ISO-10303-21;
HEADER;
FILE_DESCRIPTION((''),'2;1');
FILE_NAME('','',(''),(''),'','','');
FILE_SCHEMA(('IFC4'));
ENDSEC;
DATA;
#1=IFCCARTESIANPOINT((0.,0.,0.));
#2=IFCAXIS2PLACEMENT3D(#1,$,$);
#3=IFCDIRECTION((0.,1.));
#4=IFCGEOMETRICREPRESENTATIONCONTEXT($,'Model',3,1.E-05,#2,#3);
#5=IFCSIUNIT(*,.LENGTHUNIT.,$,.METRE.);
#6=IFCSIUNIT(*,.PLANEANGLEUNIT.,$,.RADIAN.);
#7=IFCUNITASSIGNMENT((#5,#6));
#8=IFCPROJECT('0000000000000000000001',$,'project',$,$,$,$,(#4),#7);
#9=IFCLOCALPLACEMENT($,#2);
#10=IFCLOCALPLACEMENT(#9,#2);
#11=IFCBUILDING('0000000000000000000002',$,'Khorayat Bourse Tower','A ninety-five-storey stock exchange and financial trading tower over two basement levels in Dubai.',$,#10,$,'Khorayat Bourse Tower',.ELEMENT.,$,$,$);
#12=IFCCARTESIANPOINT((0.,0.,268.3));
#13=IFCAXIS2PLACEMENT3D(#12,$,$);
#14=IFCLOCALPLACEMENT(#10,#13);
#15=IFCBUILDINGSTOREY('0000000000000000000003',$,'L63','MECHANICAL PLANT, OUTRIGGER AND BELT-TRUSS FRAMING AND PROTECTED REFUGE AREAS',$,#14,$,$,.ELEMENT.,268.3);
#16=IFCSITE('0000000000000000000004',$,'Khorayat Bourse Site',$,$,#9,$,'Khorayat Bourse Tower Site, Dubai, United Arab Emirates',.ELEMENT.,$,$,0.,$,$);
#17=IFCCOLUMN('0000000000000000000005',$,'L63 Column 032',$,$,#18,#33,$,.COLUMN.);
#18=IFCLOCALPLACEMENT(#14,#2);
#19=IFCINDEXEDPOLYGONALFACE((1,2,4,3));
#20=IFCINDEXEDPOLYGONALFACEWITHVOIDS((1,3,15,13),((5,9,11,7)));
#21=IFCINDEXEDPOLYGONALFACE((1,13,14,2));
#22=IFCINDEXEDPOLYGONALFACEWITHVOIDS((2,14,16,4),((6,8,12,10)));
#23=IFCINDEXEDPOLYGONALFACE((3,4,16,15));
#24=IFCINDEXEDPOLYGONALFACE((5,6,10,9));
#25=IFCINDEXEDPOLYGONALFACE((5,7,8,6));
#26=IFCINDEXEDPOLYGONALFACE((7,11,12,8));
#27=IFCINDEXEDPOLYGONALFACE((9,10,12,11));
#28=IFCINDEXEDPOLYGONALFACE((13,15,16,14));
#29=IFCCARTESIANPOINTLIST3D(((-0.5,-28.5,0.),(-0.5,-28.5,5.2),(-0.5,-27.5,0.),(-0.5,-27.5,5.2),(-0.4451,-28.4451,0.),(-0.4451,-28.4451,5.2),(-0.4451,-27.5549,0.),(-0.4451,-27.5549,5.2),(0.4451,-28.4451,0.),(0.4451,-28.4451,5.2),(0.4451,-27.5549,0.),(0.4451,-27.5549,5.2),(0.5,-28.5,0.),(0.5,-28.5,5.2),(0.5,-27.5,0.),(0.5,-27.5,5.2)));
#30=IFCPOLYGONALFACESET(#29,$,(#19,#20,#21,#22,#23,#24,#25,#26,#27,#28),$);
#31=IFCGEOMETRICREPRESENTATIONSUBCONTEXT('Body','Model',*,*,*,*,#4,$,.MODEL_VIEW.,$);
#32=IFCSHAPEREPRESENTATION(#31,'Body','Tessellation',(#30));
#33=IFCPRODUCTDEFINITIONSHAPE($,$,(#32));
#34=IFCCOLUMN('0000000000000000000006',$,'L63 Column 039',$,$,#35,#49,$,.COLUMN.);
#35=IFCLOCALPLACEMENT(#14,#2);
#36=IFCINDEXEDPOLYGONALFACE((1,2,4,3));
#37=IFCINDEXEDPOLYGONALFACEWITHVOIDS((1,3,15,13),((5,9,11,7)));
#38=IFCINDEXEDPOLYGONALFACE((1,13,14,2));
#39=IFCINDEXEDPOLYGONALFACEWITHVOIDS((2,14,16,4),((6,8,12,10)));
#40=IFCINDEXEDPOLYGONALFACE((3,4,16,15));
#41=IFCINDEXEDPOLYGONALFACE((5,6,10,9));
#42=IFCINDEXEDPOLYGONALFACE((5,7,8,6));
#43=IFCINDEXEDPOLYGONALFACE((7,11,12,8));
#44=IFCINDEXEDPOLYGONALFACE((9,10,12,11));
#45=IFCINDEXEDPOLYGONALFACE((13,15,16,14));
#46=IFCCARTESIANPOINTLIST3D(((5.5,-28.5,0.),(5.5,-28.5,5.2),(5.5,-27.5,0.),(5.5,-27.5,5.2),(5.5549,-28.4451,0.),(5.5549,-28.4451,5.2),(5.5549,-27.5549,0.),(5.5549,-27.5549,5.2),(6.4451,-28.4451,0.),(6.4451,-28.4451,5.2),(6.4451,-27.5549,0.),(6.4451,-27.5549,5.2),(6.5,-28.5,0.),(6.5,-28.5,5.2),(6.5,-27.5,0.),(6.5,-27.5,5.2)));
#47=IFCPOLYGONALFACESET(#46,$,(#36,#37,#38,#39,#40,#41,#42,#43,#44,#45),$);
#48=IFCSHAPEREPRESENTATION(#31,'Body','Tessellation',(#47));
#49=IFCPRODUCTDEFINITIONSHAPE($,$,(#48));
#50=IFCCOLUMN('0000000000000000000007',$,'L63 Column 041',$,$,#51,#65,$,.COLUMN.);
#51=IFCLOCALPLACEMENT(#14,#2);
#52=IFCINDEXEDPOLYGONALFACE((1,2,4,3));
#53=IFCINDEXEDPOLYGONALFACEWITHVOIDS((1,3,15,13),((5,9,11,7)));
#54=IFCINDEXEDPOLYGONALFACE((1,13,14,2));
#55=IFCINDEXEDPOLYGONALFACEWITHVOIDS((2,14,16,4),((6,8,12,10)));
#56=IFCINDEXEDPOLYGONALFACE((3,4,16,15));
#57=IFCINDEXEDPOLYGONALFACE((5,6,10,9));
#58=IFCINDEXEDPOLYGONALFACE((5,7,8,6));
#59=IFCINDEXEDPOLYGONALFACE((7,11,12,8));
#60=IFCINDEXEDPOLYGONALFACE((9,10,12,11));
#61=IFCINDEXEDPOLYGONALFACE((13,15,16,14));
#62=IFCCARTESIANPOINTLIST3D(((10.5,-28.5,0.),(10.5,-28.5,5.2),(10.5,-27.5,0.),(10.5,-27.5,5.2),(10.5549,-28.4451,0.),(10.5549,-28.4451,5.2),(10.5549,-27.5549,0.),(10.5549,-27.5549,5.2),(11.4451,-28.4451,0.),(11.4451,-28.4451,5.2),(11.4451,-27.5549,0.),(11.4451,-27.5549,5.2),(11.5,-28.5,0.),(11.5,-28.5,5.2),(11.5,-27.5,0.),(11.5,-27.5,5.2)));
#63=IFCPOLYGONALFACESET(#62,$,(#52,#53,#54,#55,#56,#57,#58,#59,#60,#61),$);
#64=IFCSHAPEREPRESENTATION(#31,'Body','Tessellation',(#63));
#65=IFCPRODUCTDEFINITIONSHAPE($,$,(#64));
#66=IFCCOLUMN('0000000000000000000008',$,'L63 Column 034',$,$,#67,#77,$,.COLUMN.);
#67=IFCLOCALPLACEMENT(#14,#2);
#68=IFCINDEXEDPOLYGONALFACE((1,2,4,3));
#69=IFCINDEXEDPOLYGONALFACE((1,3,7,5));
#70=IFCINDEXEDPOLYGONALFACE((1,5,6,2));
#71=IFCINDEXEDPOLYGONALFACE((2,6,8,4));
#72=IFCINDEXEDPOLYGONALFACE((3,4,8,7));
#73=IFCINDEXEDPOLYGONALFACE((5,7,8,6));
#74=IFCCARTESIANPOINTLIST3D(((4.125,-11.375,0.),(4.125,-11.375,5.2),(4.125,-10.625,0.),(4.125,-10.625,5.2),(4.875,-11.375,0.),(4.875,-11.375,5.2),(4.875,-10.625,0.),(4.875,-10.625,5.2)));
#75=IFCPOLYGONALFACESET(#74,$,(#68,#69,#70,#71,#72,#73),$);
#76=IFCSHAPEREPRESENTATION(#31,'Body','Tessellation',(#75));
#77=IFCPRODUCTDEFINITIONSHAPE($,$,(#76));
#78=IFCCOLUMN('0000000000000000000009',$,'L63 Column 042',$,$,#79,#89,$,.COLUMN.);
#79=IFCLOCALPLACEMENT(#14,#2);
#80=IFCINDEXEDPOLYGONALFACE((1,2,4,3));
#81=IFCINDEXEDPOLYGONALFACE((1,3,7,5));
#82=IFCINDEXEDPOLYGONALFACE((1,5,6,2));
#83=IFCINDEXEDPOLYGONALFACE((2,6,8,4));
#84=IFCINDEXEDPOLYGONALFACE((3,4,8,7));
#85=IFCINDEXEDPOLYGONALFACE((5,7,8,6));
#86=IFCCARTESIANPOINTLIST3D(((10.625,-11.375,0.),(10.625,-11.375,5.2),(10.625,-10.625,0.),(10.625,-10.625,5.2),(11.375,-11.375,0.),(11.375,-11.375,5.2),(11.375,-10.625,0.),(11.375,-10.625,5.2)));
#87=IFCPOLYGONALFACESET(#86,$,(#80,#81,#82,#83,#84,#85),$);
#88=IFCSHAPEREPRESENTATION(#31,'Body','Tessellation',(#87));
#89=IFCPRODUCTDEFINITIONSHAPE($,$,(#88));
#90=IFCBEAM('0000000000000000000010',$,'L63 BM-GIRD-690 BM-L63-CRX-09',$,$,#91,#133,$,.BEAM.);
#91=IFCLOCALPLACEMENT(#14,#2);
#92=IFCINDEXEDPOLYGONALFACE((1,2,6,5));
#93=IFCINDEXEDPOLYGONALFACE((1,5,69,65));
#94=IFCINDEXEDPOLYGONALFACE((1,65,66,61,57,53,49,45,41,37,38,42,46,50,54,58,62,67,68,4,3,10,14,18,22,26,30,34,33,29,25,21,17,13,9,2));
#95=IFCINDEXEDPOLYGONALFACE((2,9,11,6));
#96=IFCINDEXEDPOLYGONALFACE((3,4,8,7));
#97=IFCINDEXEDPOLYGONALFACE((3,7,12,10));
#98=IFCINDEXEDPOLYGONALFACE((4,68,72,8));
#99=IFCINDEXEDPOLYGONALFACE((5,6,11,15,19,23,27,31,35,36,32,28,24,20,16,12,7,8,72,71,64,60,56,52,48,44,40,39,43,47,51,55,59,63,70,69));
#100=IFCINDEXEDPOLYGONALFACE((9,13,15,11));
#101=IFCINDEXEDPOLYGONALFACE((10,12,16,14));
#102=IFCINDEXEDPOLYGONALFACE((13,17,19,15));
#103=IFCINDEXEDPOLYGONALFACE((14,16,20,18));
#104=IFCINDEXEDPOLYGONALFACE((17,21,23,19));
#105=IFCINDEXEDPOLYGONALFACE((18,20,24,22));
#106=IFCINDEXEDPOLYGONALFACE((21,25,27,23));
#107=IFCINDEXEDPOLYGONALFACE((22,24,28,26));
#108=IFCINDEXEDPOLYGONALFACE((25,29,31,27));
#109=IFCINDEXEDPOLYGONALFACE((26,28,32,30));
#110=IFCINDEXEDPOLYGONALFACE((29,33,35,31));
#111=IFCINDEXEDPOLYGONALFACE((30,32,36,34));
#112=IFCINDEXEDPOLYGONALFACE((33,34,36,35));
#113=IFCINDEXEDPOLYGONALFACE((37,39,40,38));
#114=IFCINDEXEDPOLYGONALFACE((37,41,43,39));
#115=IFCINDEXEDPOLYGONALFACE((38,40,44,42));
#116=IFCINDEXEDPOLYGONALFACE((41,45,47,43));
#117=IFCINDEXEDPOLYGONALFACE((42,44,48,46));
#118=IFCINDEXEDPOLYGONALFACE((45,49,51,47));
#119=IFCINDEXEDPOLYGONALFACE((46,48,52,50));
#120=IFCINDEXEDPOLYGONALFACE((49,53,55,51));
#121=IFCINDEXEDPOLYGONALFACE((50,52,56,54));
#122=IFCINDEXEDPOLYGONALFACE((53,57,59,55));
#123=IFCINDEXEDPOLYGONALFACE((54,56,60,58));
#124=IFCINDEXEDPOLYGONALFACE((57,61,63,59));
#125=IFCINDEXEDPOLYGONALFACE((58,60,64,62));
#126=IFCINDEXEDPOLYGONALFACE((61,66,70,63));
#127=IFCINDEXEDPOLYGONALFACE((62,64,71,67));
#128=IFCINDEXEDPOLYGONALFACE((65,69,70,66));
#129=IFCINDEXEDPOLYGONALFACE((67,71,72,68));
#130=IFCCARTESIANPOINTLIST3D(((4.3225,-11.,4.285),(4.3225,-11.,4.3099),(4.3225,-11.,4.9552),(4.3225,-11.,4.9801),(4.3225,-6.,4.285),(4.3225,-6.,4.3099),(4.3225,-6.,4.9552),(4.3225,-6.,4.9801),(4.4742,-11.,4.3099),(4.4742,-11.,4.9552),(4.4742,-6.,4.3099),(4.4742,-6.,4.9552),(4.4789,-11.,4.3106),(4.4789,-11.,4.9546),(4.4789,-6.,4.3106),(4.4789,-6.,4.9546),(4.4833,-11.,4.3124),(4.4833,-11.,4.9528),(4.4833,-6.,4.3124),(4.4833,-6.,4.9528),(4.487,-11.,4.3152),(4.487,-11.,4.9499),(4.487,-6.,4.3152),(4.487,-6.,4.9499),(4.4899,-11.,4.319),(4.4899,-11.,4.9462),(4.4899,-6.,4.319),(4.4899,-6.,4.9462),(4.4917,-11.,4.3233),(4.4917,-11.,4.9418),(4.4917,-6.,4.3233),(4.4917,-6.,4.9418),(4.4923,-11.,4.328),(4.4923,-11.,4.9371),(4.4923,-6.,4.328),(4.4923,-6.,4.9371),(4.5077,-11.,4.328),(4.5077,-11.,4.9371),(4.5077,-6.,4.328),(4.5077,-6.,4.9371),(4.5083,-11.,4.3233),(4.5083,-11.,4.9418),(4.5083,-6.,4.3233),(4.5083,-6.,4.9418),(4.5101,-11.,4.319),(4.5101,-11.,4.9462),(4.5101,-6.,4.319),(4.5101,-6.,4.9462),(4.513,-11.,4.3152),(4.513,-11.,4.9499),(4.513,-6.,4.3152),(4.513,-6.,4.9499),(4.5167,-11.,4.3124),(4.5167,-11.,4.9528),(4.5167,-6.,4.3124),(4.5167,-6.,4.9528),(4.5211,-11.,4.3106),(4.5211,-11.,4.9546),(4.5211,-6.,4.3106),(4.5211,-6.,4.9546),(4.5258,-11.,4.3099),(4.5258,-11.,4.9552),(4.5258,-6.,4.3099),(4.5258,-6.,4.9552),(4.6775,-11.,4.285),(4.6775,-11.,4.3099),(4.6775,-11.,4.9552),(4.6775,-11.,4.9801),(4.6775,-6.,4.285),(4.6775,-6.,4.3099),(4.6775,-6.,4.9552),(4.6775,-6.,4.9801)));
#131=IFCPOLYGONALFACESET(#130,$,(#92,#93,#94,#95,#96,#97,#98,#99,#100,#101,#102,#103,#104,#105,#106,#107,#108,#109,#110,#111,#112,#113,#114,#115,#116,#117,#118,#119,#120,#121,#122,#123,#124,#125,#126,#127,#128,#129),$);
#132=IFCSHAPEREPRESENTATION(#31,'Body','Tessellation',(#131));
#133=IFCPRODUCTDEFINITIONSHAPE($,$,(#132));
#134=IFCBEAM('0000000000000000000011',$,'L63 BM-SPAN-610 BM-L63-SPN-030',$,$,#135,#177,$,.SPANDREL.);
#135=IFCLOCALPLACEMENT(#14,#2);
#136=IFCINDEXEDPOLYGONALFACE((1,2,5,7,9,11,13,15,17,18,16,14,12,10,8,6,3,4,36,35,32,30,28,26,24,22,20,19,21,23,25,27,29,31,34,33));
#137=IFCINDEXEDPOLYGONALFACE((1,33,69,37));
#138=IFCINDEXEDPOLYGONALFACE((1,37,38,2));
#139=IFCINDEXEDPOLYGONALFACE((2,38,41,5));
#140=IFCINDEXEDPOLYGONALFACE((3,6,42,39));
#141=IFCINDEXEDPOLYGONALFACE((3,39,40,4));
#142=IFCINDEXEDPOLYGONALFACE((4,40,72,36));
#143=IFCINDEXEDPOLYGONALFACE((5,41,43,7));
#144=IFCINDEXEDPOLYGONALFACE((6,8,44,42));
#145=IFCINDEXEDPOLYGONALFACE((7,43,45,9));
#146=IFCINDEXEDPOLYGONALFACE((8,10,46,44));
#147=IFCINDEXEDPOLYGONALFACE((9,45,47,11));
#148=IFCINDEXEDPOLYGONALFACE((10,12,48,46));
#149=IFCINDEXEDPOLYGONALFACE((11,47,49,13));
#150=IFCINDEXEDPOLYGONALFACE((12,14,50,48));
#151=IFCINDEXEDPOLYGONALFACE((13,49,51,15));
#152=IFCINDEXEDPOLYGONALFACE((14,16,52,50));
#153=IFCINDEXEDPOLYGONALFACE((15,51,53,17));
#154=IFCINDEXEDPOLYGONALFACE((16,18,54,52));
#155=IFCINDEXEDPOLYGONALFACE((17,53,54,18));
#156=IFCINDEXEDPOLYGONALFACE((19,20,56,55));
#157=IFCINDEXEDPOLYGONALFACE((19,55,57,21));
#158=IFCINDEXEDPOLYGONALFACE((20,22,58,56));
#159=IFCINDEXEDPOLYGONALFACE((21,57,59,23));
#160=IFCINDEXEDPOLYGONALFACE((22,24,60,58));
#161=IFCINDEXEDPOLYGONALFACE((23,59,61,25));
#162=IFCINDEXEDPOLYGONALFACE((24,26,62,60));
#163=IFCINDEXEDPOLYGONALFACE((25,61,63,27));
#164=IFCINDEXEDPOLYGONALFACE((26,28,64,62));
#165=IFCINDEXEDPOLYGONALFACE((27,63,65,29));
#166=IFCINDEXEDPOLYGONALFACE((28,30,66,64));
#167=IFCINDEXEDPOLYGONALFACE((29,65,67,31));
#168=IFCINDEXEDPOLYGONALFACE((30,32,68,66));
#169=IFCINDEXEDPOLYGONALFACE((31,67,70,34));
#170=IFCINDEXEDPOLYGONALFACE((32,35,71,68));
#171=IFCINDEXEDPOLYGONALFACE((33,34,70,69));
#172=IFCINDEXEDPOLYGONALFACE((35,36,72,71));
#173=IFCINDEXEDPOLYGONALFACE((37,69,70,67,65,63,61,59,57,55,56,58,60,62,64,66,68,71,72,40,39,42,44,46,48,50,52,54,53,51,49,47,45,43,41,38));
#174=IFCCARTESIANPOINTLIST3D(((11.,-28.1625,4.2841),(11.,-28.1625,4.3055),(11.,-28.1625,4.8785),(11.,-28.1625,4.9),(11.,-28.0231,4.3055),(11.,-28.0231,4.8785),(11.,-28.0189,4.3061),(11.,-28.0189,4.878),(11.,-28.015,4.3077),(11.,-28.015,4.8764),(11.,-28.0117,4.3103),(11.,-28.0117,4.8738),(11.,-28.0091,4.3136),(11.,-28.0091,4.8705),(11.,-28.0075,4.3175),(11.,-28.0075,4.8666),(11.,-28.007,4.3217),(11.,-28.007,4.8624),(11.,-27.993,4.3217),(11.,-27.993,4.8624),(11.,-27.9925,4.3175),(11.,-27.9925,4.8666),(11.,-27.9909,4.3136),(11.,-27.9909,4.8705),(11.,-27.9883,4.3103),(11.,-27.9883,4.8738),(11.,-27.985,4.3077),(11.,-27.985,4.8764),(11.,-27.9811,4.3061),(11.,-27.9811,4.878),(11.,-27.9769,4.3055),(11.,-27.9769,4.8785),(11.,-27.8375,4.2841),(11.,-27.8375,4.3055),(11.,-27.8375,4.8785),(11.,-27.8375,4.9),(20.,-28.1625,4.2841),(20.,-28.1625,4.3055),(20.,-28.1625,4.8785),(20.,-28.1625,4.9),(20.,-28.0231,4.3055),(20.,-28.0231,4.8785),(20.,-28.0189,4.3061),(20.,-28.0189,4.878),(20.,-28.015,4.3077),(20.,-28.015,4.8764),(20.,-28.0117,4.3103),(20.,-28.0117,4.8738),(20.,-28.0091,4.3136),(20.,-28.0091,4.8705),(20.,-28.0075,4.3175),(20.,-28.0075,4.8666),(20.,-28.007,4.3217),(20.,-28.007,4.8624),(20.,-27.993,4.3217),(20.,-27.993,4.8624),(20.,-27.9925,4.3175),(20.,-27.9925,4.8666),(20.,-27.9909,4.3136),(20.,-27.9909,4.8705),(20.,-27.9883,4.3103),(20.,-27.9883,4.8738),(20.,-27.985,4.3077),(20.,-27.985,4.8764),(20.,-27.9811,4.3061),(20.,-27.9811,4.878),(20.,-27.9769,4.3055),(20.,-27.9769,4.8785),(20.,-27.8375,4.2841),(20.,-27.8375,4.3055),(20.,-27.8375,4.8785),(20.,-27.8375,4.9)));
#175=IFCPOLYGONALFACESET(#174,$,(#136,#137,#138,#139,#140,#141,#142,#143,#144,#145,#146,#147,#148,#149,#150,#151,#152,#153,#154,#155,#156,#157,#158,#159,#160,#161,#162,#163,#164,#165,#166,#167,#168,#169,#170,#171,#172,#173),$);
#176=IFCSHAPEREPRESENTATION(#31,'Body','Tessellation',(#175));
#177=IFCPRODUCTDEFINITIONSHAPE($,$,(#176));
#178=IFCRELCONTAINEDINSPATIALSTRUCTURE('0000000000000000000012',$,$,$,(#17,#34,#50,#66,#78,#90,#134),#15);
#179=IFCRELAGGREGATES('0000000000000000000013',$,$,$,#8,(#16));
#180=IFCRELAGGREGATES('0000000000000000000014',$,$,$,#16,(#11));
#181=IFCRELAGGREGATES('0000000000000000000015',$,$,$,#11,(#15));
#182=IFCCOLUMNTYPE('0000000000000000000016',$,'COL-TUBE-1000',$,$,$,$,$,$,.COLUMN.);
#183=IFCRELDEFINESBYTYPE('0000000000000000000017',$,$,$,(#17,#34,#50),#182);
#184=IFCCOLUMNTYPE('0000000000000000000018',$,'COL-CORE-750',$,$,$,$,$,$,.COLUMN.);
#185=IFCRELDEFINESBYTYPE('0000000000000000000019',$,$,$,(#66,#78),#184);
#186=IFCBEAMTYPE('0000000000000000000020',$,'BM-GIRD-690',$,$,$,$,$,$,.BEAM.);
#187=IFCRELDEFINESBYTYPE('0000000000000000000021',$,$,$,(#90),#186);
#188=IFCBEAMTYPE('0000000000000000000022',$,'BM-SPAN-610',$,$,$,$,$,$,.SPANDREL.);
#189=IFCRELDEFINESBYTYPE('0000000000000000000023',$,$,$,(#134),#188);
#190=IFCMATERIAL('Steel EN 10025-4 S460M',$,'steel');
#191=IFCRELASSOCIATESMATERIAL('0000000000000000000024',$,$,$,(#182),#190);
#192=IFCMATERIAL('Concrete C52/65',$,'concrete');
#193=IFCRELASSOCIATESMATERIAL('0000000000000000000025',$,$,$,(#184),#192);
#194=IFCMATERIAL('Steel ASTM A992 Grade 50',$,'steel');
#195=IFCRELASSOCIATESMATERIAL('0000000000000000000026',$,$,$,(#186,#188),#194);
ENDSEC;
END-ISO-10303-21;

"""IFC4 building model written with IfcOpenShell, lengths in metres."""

from ifc_helpers import new_model, si_unit, direction, frame, origin, origin_2d, place, context, subcontext, project, spatial, rectangle, hollow_rectangle, i_section, extrude, source, transform, mapped, material, material_profile, profile_set, type_object, element, save


model = new_model("IFC4")

# Units and contexts
model_context = context("Model", 3, precision=1e-05, world=origin(), true_north=direction((0.0, 1.0)))
body_context = subcontext(model_context, "Body", "Model", "MODEL_VIEW")
ifc_project = project(units=[si_unit("LENGTHUNIT", "METRE"), si_unit("PLANEANGLEUNIT", "RADIAN")], contexts=[model_context])

# Site, building, storey
site_placement = place(None, origin())
site = spatial("IfcSite", under=ifc_project, at=site_placement, Name="Khorayat Bourse Site", LongName="Khorayat Bourse Tower Site, Dubai, United Arab Emirates", CompositionType="ELEMENT", RefElevation=0.0)
building_placement = place(site_placement, origin())
building = spatial("IfcBuilding", under=site, at=building_placement, Name="Khorayat Bourse Tower", Description="A ninety-five-storey stock exchange and financial trading tower over two basement levels in Dubai.", LongName="Khorayat Bourse Tower", CompositionType="ELEMENT")
storey_placement = place(building_placement, frame((0.0, 0.0, 268.3)))
storey = spatial("IfcBuildingStorey", under=building, at=storey_placement, Name="L63", Description="MECHANICAL PLANT, OUTRIGGER AND BELT-TRUSS FRAMING AND PROTECTED REFUGE AREAS", CompositionType="ELEMENT", Elevation=268.3)

# Columns
ifc_material_1 = material(Name="Steel EN 10025-4 S460M", Category="steel")
ifc_material_profile_1 = material_profile(ifc_material_1, hollow_rectangle(XDim=1.0, YDim=1.0, WallThickness=0.0549, at=origin_2d()), Name="BOX 1000x1000x55")
ifc_profile_set_1 = profile_set([ifc_material_profile_1], Name="Steel EN 10025-4 S460M")
column_type_1 = type_object("IfcColumnType", Name="COL-TUBE-1000", PredefinedType="COLUMN", material=ifc_profile_set_1)
shared_shape_1 = source(origin(), body_context, "Body", "SweptSolid", [
    extrude(hollow_rectangle(XDim=1.0, YDim=1.0, WallThickness=0.0549, at=origin_2d()), origin(), (0.0, 0.0, 1.0), 5.2),
])
for number, where, z_axis, x_axis, name in (
    (1, (0.0, -28.0, 0.0), (0.0, 0.0, 1.0), (1.0, 0.0, 0.0), "L63 Column 032"),
    (2, (6.0, -28.0, 0.0), (0.0, 0.0, 1.0), (1.0, 0.0, 0.0), "L63 Column 039"),
    (3, (11.0, -28.0, 0.0), (0.0, 0.0, 1.0), (1.0, 0.0, 0.0), "L63 Column 041"),
):
    element("IfcColumn", number, at=place(storey_placement, frame(where, z_axis=z_axis, x_axis=x_axis)), inside=storey, type_object=column_type_1, Name=name, PredefinedType="COLUMN", context=body_context, shape_type="MappedRepresentation", body=[
        mapped(shared_shape_1, transform((0.0, 0.0, 0.0), scale=1.0)),
    ])
ifc_material_2 = material(Name="Concrete C52/65", Category="concrete")
ifc_material_profile_2 = material_profile(ifc_material_2, rectangle(XDim=0.75, YDim=0.75, at=origin_2d()), Name="RC 750x750")
ifc_profile_set_2 = profile_set([ifc_material_profile_2], Name="Concrete C52/65")
column_type_2 = type_object("IfcColumnType", Name="COL-CORE-750", PredefinedType="COLUMN", material=ifc_profile_set_2)
shared_shape_2 = source(origin(), body_context, "Body", "SweptSolid", [
    extrude(rectangle(XDim=0.75, YDim=0.75, at=origin_2d()), origin(), (0.0, 0.0, 1.0), 5.2),
])
for number, where, z_axis, x_axis, name in (
    (4, (4.5, -11.0, 0.0), (0.0, 0.0, 1.0), (1.0, 0.0, 0.0), "L63 Column 034"),
    (5, (11.0, -11.0, 0.0), (0.0, 0.0, 1.0), (1.0, 0.0, 0.0), "L63 Column 042"),
):
    element("IfcColumn", number, at=place(storey_placement, frame(where, z_axis=z_axis, x_axis=x_axis)), inside=storey, type_object=column_type_2, Name=name, PredefinedType="COLUMN", context=body_context, shape_type="MappedRepresentation", body=[
        mapped(shared_shape_2, transform((0.0, 0.0, 0.0), scale=1.0)),
    ])

# Beams
ifc_material_3 = material(Name="Steel ASTM A992 Grade 50", Category="steel")
ifc_material_profile_3 = material_profile(ifc_material_3, i_section(OverallWidth=0.355, OverallDepth=0.6951, WebThickness=0.0154, FlangeThickness=0.0249, FilletRadius=0.0181, at=origin_2d()), Name="W690X217")
ifc_profile_set_3 = profile_set([ifc_material_profile_3], Name="Steel ASTM A992 Grade 50")
beam_type_1 = type_object("IfcBeamType", Name="BM-GIRD-690", PredefinedType="BEAM", material=ifc_profile_set_3)
shared_shape_3 = source(origin(), body_context, "Body", "SweptSolid", [
    extrude(i_section(OverallWidth=0.355, OverallDepth=0.6951, WebThickness=0.0154, FlangeThickness=0.0249, FilletRadius=0.0181, at=origin_2d()), origin(), (0.0, 0.0, 1.0), 5.0),
])
beam_1_placement = place(storey_placement, frame((4.5, -11.0, 4.6326), z_axis=(0.0, 1.0, 0.0), x_axis=(-1.0, 0.0, 0.0)))
element("IfcBeam", 6, at=beam_1_placement, inside=storey, type_object=beam_type_1, Name="L63 BM-GIRD-690 BM-L63-CRX-09", PredefinedType="BEAM", context=body_context, shape_type="MappedRepresentation", body=[
    mapped(shared_shape_3, transform((0.0, 0.0, 0.0), scale=1.0)),
])
ifc_material_profile_4 = material_profile(ifc_material_3, i_section(OverallWidth=0.325, OverallDepth=0.616, WebThickness=0.0139, FlangeThickness=0.0215, FilletRadius=0.0161, at=origin_2d()), Name="W610X174")
ifc_profile_set_4 = profile_set([ifc_material_profile_4], Name="Steel ASTM A992 Grade 50")
beam_type_2 = type_object("IfcBeamType", Name="BM-SPAN-610", PredefinedType="SPANDREL", material=ifc_profile_set_4)
shared_shape_4 = source(origin(), body_context, "Body", "SweptSolid", [
    extrude(i_section(OverallWidth=0.325, OverallDepth=0.616, WebThickness=0.0139, FlangeThickness=0.0215, FilletRadius=0.0161, at=origin_2d()), origin(), (0.0, 0.0, 1.0), 9.0),
])
beam_2_placement = place(storey_placement, frame((11.0, -28.0, 4.592), z_axis=(1.0, 0.0, 0.0), x_axis=(0.0, 1.0, 0.0)))
element("IfcBeam", 7, at=beam_2_placement, inside=storey, type_object=beam_type_2, Name="L63 BM-SPAN-610 BM-L63-SPN-030", PredefinedType="SPANDREL", context=body_context, shape_type="MappedRepresentation", body=[
    mapped(shared_shape_4, transform((0.0, 0.0, 0.0), scale=1.0)),
])

save(model, "model.ifc")
